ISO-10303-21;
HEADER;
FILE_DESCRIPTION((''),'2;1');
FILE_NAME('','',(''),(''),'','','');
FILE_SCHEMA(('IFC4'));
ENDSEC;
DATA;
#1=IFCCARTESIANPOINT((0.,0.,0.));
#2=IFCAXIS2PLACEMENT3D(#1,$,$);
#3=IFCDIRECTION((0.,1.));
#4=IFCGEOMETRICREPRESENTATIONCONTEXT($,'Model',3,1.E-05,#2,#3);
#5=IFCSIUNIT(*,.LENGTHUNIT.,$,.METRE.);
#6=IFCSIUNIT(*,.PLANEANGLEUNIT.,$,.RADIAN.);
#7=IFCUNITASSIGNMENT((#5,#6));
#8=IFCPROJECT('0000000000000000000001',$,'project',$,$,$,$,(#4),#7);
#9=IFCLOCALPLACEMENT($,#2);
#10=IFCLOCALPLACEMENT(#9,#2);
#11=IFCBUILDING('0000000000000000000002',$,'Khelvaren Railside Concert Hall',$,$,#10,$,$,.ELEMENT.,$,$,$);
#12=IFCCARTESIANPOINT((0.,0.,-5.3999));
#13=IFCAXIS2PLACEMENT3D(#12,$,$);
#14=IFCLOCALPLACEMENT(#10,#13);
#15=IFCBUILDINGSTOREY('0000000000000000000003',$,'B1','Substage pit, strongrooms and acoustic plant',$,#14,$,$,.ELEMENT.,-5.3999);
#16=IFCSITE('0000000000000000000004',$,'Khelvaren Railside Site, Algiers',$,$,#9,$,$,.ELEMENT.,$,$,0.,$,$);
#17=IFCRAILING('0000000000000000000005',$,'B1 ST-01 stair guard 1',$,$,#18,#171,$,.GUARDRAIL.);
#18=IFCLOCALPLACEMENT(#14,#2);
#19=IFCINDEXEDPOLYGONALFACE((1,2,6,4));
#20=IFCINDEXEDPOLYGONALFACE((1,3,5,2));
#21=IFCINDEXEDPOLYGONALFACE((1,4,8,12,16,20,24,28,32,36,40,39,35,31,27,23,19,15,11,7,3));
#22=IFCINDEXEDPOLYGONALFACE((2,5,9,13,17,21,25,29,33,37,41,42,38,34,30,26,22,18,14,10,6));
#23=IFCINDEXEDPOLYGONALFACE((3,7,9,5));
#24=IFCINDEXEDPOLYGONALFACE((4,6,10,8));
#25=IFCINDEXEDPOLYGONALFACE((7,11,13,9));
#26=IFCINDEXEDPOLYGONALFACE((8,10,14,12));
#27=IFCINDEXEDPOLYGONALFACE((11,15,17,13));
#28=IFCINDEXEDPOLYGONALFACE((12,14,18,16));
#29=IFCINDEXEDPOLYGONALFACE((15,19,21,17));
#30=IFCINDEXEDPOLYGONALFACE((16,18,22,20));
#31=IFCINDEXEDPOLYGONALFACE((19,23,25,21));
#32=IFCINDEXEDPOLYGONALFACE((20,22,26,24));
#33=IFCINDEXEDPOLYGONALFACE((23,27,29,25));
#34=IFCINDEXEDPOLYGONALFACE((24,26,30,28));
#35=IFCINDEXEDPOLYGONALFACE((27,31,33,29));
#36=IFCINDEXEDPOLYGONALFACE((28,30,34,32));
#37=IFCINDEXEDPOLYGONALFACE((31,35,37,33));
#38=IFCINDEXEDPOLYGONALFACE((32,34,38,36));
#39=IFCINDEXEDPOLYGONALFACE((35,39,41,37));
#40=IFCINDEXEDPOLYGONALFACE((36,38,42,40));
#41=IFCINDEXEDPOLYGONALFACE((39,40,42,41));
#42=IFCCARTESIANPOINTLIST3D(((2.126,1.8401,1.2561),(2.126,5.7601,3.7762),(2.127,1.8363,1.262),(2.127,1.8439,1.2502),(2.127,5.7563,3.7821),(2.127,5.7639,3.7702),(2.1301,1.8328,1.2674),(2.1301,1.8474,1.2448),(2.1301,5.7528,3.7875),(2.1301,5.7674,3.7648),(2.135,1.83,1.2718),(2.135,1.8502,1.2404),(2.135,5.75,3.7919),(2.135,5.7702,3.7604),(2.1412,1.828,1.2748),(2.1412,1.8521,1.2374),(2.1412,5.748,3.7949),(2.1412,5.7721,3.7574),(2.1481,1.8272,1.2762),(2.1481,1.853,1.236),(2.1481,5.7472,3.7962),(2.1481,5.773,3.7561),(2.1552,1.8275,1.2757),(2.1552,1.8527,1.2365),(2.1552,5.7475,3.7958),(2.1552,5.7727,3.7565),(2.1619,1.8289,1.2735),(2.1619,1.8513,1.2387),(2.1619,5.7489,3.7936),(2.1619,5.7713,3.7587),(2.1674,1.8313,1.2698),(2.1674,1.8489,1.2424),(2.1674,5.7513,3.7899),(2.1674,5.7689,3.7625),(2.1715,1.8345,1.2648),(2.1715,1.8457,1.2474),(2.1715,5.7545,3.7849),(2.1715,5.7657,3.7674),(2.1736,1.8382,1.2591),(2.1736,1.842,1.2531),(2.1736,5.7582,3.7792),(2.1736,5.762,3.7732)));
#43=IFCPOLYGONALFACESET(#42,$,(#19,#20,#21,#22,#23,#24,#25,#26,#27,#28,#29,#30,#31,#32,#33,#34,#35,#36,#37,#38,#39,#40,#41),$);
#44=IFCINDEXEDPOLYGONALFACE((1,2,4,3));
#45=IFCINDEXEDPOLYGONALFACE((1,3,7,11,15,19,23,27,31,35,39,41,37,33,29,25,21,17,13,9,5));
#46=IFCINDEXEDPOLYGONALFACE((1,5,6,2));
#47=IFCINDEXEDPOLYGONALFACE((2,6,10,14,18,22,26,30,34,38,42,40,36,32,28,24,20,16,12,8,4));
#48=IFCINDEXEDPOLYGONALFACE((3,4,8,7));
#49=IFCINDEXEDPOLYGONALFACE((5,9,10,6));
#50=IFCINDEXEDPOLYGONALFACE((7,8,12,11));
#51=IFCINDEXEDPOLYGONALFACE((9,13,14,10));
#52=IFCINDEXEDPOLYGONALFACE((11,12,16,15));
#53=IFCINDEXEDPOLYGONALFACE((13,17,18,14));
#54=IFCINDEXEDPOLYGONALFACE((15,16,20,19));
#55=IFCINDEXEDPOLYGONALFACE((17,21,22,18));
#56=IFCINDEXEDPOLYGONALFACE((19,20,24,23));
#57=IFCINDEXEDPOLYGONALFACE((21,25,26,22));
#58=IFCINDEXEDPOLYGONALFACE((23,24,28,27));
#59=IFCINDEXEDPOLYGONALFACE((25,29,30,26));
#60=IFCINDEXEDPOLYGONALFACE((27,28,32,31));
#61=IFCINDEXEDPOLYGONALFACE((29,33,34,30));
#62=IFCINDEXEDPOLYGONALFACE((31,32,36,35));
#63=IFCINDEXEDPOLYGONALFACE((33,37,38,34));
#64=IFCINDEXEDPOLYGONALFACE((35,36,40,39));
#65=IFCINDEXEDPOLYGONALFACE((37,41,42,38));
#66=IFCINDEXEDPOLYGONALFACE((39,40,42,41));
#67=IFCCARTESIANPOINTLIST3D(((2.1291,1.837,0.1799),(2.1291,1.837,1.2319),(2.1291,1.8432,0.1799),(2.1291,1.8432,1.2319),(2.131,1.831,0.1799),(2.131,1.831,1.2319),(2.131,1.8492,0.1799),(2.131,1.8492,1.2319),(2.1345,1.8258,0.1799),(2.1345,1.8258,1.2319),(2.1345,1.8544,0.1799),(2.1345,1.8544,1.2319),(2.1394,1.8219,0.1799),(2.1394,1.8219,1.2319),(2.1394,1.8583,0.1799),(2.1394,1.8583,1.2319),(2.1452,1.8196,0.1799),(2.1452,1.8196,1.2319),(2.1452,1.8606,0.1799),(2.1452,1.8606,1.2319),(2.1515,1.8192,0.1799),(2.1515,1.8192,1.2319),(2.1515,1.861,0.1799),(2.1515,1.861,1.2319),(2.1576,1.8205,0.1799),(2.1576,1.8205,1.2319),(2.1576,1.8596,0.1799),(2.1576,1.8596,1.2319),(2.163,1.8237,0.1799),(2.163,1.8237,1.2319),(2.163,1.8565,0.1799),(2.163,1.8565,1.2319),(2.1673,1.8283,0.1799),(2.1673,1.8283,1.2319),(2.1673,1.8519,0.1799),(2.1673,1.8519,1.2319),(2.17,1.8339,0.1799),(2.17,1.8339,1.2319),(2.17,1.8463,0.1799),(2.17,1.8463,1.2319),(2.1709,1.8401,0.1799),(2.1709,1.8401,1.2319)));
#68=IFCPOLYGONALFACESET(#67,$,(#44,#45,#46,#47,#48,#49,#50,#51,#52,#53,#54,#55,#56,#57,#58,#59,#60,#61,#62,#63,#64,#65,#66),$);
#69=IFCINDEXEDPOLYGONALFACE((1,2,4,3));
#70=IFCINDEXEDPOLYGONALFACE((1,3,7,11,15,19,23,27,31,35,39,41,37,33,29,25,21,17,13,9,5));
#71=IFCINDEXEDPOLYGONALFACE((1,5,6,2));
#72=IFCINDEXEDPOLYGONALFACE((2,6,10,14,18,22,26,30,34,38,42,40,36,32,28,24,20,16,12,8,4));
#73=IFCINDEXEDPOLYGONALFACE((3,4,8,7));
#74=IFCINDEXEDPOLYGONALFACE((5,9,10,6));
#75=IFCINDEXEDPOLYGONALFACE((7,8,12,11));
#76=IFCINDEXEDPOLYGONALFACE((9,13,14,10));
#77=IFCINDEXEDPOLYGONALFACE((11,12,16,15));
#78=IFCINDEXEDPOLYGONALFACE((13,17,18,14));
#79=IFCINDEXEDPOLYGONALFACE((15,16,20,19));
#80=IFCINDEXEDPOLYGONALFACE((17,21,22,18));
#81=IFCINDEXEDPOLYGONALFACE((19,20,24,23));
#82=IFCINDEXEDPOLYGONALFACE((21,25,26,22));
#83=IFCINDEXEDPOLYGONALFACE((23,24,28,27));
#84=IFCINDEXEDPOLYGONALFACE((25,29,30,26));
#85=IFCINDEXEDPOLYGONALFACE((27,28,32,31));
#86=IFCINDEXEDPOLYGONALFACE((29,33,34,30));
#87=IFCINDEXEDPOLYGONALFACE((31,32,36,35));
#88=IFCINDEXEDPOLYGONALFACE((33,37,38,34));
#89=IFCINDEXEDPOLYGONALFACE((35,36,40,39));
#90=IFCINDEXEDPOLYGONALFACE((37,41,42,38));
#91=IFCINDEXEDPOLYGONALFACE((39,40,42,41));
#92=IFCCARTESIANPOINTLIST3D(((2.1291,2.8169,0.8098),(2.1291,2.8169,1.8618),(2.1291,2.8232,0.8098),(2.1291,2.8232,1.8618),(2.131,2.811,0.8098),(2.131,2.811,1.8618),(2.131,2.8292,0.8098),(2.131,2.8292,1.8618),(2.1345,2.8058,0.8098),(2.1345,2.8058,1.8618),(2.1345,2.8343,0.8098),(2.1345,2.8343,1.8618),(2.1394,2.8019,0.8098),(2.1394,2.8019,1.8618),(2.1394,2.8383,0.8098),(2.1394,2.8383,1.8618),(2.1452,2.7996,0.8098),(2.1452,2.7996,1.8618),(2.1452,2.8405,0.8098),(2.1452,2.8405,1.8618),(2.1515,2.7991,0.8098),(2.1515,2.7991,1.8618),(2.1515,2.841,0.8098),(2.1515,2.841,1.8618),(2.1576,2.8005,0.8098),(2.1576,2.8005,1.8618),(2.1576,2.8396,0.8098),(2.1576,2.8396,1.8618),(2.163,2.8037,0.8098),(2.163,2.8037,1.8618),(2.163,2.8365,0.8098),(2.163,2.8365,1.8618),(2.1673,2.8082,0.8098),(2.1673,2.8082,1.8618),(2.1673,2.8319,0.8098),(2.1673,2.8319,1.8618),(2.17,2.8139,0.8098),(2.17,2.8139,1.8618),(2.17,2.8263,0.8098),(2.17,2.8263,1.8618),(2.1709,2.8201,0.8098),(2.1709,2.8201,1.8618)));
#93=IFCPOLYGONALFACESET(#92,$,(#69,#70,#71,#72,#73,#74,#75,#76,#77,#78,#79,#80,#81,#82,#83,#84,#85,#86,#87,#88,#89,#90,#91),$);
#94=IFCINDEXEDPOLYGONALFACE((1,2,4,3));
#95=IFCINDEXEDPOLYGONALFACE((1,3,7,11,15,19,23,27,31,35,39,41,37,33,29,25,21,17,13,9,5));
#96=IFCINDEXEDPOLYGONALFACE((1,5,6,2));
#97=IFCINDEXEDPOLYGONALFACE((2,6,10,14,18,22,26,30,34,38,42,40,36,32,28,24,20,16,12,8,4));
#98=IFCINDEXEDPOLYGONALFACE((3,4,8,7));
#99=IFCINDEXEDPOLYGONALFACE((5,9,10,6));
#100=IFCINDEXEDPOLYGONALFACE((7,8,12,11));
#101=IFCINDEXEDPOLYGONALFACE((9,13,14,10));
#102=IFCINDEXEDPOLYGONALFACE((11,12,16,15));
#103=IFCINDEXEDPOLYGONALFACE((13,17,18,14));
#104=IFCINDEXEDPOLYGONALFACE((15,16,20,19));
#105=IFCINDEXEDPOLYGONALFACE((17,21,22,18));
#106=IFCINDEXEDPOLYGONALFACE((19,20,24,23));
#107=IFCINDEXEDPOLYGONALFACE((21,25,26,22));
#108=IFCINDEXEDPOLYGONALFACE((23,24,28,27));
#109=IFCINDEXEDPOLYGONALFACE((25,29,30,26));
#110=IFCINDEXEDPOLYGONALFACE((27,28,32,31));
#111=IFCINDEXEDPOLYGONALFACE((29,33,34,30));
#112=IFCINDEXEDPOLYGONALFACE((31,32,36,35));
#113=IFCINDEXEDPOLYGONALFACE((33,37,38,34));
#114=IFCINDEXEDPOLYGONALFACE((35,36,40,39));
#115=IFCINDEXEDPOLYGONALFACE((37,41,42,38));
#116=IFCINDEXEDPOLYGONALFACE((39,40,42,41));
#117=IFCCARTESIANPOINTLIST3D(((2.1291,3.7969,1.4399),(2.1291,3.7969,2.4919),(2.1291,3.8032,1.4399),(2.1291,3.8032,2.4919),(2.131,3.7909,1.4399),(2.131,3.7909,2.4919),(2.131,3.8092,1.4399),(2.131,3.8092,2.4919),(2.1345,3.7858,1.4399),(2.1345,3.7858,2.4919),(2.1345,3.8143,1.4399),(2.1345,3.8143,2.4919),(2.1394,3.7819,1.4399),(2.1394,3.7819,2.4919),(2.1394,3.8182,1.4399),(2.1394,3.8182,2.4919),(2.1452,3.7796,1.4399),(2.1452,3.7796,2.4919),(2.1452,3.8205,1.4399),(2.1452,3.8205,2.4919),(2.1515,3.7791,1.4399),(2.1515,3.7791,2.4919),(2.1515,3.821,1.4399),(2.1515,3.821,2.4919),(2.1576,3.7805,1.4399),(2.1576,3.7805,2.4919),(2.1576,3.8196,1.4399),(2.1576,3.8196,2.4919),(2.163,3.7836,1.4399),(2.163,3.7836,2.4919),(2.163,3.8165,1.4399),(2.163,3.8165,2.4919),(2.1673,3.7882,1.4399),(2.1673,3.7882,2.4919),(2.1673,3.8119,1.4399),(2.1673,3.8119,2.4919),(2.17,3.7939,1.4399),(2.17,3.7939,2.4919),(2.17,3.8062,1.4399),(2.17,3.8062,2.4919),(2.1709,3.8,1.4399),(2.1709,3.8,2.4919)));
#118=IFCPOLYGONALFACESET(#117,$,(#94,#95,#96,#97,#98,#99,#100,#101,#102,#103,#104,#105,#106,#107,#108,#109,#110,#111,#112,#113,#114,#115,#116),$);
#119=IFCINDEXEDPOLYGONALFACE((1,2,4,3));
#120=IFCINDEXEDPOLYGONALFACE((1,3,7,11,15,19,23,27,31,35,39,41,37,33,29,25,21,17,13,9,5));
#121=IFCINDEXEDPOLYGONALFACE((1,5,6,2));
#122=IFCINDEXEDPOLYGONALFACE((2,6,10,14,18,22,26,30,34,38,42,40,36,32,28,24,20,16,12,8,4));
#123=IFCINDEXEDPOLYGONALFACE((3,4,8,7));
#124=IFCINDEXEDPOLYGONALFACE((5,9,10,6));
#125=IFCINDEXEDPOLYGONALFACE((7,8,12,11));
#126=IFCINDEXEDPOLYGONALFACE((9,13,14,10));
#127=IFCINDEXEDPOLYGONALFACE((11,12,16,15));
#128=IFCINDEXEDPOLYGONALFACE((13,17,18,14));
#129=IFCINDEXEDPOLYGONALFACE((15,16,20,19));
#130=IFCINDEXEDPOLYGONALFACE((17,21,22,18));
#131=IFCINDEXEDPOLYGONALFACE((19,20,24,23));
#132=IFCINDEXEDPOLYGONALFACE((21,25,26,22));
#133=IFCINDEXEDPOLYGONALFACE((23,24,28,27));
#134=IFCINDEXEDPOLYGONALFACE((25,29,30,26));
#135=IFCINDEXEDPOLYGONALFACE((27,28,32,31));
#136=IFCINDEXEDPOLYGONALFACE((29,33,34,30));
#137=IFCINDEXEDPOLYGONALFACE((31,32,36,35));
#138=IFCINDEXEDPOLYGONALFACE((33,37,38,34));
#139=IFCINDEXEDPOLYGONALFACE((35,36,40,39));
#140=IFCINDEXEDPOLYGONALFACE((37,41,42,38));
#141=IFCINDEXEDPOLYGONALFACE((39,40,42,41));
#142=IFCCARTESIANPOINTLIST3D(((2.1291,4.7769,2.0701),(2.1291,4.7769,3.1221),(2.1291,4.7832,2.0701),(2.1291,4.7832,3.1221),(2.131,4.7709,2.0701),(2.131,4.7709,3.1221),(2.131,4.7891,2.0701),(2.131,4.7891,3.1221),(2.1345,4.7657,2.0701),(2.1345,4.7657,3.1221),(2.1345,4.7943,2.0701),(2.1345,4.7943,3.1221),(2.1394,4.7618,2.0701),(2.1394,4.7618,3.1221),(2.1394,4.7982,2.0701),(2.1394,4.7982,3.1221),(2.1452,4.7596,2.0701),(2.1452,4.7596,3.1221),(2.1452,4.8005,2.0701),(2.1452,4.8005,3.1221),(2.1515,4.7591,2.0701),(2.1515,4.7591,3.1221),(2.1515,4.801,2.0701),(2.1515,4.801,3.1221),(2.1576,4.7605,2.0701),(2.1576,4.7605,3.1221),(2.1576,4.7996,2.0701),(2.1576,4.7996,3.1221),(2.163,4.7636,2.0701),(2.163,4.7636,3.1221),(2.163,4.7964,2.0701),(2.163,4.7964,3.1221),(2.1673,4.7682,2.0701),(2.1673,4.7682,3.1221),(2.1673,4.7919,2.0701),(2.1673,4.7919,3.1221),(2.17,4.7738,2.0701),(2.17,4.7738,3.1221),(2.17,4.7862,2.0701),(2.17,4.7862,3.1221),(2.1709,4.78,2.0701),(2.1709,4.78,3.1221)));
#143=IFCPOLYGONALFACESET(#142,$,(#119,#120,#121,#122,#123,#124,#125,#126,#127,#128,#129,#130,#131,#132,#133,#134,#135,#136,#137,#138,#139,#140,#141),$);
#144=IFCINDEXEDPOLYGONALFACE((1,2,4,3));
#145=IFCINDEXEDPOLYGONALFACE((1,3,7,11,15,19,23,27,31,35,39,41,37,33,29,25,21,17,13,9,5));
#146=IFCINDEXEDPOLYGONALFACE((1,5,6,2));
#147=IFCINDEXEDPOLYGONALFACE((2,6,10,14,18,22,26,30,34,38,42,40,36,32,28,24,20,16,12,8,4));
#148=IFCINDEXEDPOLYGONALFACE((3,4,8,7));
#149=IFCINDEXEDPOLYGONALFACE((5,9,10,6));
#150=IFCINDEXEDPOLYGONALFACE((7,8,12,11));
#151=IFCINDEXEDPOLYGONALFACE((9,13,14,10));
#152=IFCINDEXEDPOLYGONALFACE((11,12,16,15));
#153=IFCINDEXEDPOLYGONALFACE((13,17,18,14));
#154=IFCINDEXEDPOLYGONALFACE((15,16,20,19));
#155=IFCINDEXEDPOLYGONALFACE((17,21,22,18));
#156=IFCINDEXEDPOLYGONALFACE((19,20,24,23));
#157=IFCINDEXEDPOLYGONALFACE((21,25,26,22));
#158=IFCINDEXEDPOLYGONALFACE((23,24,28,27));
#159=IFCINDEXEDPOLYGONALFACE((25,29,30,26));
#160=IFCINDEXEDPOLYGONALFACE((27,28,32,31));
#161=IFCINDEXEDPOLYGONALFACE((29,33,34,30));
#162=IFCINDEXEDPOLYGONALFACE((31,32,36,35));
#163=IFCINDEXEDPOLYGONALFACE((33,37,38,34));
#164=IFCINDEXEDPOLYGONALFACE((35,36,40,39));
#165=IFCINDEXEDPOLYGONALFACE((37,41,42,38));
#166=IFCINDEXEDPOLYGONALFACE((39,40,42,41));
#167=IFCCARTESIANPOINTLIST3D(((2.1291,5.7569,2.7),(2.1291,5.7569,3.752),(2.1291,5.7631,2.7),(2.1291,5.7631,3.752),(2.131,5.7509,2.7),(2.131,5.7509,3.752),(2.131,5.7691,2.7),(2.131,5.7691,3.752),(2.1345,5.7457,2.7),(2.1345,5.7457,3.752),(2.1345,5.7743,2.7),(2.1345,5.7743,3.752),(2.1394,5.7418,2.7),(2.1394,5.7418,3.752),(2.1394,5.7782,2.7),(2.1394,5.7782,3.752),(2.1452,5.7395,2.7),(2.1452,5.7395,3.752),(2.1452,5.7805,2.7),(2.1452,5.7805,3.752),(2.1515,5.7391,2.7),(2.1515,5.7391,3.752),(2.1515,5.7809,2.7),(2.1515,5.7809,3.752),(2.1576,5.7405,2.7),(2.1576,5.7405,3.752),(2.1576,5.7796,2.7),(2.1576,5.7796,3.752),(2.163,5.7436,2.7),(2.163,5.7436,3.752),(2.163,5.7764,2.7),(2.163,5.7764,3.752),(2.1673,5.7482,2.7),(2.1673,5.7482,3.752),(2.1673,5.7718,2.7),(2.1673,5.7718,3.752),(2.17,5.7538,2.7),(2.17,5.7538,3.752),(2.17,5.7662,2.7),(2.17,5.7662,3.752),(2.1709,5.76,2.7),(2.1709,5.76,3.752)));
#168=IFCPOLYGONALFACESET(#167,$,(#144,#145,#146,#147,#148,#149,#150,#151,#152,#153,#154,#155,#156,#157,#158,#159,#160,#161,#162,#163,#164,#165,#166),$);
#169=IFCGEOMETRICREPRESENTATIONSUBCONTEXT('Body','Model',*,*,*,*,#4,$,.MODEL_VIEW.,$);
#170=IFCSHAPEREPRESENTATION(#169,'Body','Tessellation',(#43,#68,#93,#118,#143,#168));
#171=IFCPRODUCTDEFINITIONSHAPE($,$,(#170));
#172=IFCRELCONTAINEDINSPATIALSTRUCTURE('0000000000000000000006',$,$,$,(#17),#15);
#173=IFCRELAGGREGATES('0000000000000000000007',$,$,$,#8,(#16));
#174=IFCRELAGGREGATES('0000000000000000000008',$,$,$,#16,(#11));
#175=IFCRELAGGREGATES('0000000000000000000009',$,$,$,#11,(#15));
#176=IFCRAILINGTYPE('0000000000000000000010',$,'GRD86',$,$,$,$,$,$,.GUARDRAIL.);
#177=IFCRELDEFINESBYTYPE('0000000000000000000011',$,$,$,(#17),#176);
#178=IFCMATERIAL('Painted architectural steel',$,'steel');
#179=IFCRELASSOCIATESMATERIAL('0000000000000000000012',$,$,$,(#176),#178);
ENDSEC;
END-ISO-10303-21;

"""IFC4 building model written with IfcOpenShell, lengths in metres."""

from ifc_helpers import new_model, si_unit, direction, frame, origin, origin_2d, place, context, subcontext, project, spatial, circle, extrude, material, type_object, element, save


model = new_model("IFC4")

# Units and contexts
model_context = context("Model", 3, precision=1e-05, world=origin(), true_north=direction((0.0, 1.0)))
body_context = subcontext(model_context, "Body", "Model", "MODEL_VIEW")
ifc_project = project(units=[si_unit("LENGTHUNIT", "METRE"), si_unit("PLANEANGLEUNIT", "RADIAN")], contexts=[model_context])

# Site, building, storey
site_placement = place(None, origin())
site = spatial("IfcSite", under=ifc_project, at=site_placement, Name="Khelvaren Railside Site, Algiers", CompositionType="ELEMENT", RefElevation=0.0)
building_placement = place(site_placement, origin())
building = spatial("IfcBuilding", under=site, at=building_placement, Name="Khelvaren Railside Concert Hall", CompositionType="ELEMENT")
storey_placement = place(building_placement, frame((0.0, 0.0, -5.3999)))
storey = spatial("IfcBuildingStorey", under=building, at=storey_placement, Name="B1", Description="Substage pit, strongrooms and acoustic plant", CompositionType="ELEMENT", Elevation=-5.3999)

# Railing
ifc_material_1 = material(Name="Painted architectural steel", Category="steel")
railing_type_1 = type_object("IfcRailingType", Name="GRD86", PredefinedType="GUARDRAIL", material=ifc_material_1)
railing_1_placement = place(storey_placement, frame((2.1499, 1.8401, 0.1799)))
element("IfcRailing", 1, at=railing_1_placement, inside=storey, type_object=railing_type_1, Name="B1 ST-01 stair guard 1", PredefinedType="GUARDRAIL", context=body_context, shape_type="SweptSolid", body=[
    extrude(circle(Radius=0.0239, at=origin_2d()), frame((0.0, 0.0, 1.0762), z_axis=(0.0, 0.841172, 0.540768), x_axis=(-1.0, 0.0, 0.0)), (0.0, 0.0, 1.0), 4.6602),
    extrude(circle(Radius=0.021, at=origin_2d()), origin(), (0.0, 0.0, 1.0), 1.052),
    extrude(circle(Radius=0.021, at=origin_2d()), frame((0.0, 0.98, 0.6299)), (0.0, 0.0, 1.0), 1.052),
    extrude(circle(Radius=0.021, at=origin_2d()), frame((0.0, 1.96, 1.26)), (0.0, 0.0, 1.0), 1.052),
    extrude(circle(Radius=0.021, at=origin_2d()), frame((0.0, 2.9399, 1.8901)), (0.0, 0.0, 1.0), 1.052),
    extrude(circle(Radius=0.021, at=origin_2d()), frame((0.0, 3.9199, 2.52)), (0.0, 0.0, 1.0), 1.052),
])

save(model, "model.ifc")
